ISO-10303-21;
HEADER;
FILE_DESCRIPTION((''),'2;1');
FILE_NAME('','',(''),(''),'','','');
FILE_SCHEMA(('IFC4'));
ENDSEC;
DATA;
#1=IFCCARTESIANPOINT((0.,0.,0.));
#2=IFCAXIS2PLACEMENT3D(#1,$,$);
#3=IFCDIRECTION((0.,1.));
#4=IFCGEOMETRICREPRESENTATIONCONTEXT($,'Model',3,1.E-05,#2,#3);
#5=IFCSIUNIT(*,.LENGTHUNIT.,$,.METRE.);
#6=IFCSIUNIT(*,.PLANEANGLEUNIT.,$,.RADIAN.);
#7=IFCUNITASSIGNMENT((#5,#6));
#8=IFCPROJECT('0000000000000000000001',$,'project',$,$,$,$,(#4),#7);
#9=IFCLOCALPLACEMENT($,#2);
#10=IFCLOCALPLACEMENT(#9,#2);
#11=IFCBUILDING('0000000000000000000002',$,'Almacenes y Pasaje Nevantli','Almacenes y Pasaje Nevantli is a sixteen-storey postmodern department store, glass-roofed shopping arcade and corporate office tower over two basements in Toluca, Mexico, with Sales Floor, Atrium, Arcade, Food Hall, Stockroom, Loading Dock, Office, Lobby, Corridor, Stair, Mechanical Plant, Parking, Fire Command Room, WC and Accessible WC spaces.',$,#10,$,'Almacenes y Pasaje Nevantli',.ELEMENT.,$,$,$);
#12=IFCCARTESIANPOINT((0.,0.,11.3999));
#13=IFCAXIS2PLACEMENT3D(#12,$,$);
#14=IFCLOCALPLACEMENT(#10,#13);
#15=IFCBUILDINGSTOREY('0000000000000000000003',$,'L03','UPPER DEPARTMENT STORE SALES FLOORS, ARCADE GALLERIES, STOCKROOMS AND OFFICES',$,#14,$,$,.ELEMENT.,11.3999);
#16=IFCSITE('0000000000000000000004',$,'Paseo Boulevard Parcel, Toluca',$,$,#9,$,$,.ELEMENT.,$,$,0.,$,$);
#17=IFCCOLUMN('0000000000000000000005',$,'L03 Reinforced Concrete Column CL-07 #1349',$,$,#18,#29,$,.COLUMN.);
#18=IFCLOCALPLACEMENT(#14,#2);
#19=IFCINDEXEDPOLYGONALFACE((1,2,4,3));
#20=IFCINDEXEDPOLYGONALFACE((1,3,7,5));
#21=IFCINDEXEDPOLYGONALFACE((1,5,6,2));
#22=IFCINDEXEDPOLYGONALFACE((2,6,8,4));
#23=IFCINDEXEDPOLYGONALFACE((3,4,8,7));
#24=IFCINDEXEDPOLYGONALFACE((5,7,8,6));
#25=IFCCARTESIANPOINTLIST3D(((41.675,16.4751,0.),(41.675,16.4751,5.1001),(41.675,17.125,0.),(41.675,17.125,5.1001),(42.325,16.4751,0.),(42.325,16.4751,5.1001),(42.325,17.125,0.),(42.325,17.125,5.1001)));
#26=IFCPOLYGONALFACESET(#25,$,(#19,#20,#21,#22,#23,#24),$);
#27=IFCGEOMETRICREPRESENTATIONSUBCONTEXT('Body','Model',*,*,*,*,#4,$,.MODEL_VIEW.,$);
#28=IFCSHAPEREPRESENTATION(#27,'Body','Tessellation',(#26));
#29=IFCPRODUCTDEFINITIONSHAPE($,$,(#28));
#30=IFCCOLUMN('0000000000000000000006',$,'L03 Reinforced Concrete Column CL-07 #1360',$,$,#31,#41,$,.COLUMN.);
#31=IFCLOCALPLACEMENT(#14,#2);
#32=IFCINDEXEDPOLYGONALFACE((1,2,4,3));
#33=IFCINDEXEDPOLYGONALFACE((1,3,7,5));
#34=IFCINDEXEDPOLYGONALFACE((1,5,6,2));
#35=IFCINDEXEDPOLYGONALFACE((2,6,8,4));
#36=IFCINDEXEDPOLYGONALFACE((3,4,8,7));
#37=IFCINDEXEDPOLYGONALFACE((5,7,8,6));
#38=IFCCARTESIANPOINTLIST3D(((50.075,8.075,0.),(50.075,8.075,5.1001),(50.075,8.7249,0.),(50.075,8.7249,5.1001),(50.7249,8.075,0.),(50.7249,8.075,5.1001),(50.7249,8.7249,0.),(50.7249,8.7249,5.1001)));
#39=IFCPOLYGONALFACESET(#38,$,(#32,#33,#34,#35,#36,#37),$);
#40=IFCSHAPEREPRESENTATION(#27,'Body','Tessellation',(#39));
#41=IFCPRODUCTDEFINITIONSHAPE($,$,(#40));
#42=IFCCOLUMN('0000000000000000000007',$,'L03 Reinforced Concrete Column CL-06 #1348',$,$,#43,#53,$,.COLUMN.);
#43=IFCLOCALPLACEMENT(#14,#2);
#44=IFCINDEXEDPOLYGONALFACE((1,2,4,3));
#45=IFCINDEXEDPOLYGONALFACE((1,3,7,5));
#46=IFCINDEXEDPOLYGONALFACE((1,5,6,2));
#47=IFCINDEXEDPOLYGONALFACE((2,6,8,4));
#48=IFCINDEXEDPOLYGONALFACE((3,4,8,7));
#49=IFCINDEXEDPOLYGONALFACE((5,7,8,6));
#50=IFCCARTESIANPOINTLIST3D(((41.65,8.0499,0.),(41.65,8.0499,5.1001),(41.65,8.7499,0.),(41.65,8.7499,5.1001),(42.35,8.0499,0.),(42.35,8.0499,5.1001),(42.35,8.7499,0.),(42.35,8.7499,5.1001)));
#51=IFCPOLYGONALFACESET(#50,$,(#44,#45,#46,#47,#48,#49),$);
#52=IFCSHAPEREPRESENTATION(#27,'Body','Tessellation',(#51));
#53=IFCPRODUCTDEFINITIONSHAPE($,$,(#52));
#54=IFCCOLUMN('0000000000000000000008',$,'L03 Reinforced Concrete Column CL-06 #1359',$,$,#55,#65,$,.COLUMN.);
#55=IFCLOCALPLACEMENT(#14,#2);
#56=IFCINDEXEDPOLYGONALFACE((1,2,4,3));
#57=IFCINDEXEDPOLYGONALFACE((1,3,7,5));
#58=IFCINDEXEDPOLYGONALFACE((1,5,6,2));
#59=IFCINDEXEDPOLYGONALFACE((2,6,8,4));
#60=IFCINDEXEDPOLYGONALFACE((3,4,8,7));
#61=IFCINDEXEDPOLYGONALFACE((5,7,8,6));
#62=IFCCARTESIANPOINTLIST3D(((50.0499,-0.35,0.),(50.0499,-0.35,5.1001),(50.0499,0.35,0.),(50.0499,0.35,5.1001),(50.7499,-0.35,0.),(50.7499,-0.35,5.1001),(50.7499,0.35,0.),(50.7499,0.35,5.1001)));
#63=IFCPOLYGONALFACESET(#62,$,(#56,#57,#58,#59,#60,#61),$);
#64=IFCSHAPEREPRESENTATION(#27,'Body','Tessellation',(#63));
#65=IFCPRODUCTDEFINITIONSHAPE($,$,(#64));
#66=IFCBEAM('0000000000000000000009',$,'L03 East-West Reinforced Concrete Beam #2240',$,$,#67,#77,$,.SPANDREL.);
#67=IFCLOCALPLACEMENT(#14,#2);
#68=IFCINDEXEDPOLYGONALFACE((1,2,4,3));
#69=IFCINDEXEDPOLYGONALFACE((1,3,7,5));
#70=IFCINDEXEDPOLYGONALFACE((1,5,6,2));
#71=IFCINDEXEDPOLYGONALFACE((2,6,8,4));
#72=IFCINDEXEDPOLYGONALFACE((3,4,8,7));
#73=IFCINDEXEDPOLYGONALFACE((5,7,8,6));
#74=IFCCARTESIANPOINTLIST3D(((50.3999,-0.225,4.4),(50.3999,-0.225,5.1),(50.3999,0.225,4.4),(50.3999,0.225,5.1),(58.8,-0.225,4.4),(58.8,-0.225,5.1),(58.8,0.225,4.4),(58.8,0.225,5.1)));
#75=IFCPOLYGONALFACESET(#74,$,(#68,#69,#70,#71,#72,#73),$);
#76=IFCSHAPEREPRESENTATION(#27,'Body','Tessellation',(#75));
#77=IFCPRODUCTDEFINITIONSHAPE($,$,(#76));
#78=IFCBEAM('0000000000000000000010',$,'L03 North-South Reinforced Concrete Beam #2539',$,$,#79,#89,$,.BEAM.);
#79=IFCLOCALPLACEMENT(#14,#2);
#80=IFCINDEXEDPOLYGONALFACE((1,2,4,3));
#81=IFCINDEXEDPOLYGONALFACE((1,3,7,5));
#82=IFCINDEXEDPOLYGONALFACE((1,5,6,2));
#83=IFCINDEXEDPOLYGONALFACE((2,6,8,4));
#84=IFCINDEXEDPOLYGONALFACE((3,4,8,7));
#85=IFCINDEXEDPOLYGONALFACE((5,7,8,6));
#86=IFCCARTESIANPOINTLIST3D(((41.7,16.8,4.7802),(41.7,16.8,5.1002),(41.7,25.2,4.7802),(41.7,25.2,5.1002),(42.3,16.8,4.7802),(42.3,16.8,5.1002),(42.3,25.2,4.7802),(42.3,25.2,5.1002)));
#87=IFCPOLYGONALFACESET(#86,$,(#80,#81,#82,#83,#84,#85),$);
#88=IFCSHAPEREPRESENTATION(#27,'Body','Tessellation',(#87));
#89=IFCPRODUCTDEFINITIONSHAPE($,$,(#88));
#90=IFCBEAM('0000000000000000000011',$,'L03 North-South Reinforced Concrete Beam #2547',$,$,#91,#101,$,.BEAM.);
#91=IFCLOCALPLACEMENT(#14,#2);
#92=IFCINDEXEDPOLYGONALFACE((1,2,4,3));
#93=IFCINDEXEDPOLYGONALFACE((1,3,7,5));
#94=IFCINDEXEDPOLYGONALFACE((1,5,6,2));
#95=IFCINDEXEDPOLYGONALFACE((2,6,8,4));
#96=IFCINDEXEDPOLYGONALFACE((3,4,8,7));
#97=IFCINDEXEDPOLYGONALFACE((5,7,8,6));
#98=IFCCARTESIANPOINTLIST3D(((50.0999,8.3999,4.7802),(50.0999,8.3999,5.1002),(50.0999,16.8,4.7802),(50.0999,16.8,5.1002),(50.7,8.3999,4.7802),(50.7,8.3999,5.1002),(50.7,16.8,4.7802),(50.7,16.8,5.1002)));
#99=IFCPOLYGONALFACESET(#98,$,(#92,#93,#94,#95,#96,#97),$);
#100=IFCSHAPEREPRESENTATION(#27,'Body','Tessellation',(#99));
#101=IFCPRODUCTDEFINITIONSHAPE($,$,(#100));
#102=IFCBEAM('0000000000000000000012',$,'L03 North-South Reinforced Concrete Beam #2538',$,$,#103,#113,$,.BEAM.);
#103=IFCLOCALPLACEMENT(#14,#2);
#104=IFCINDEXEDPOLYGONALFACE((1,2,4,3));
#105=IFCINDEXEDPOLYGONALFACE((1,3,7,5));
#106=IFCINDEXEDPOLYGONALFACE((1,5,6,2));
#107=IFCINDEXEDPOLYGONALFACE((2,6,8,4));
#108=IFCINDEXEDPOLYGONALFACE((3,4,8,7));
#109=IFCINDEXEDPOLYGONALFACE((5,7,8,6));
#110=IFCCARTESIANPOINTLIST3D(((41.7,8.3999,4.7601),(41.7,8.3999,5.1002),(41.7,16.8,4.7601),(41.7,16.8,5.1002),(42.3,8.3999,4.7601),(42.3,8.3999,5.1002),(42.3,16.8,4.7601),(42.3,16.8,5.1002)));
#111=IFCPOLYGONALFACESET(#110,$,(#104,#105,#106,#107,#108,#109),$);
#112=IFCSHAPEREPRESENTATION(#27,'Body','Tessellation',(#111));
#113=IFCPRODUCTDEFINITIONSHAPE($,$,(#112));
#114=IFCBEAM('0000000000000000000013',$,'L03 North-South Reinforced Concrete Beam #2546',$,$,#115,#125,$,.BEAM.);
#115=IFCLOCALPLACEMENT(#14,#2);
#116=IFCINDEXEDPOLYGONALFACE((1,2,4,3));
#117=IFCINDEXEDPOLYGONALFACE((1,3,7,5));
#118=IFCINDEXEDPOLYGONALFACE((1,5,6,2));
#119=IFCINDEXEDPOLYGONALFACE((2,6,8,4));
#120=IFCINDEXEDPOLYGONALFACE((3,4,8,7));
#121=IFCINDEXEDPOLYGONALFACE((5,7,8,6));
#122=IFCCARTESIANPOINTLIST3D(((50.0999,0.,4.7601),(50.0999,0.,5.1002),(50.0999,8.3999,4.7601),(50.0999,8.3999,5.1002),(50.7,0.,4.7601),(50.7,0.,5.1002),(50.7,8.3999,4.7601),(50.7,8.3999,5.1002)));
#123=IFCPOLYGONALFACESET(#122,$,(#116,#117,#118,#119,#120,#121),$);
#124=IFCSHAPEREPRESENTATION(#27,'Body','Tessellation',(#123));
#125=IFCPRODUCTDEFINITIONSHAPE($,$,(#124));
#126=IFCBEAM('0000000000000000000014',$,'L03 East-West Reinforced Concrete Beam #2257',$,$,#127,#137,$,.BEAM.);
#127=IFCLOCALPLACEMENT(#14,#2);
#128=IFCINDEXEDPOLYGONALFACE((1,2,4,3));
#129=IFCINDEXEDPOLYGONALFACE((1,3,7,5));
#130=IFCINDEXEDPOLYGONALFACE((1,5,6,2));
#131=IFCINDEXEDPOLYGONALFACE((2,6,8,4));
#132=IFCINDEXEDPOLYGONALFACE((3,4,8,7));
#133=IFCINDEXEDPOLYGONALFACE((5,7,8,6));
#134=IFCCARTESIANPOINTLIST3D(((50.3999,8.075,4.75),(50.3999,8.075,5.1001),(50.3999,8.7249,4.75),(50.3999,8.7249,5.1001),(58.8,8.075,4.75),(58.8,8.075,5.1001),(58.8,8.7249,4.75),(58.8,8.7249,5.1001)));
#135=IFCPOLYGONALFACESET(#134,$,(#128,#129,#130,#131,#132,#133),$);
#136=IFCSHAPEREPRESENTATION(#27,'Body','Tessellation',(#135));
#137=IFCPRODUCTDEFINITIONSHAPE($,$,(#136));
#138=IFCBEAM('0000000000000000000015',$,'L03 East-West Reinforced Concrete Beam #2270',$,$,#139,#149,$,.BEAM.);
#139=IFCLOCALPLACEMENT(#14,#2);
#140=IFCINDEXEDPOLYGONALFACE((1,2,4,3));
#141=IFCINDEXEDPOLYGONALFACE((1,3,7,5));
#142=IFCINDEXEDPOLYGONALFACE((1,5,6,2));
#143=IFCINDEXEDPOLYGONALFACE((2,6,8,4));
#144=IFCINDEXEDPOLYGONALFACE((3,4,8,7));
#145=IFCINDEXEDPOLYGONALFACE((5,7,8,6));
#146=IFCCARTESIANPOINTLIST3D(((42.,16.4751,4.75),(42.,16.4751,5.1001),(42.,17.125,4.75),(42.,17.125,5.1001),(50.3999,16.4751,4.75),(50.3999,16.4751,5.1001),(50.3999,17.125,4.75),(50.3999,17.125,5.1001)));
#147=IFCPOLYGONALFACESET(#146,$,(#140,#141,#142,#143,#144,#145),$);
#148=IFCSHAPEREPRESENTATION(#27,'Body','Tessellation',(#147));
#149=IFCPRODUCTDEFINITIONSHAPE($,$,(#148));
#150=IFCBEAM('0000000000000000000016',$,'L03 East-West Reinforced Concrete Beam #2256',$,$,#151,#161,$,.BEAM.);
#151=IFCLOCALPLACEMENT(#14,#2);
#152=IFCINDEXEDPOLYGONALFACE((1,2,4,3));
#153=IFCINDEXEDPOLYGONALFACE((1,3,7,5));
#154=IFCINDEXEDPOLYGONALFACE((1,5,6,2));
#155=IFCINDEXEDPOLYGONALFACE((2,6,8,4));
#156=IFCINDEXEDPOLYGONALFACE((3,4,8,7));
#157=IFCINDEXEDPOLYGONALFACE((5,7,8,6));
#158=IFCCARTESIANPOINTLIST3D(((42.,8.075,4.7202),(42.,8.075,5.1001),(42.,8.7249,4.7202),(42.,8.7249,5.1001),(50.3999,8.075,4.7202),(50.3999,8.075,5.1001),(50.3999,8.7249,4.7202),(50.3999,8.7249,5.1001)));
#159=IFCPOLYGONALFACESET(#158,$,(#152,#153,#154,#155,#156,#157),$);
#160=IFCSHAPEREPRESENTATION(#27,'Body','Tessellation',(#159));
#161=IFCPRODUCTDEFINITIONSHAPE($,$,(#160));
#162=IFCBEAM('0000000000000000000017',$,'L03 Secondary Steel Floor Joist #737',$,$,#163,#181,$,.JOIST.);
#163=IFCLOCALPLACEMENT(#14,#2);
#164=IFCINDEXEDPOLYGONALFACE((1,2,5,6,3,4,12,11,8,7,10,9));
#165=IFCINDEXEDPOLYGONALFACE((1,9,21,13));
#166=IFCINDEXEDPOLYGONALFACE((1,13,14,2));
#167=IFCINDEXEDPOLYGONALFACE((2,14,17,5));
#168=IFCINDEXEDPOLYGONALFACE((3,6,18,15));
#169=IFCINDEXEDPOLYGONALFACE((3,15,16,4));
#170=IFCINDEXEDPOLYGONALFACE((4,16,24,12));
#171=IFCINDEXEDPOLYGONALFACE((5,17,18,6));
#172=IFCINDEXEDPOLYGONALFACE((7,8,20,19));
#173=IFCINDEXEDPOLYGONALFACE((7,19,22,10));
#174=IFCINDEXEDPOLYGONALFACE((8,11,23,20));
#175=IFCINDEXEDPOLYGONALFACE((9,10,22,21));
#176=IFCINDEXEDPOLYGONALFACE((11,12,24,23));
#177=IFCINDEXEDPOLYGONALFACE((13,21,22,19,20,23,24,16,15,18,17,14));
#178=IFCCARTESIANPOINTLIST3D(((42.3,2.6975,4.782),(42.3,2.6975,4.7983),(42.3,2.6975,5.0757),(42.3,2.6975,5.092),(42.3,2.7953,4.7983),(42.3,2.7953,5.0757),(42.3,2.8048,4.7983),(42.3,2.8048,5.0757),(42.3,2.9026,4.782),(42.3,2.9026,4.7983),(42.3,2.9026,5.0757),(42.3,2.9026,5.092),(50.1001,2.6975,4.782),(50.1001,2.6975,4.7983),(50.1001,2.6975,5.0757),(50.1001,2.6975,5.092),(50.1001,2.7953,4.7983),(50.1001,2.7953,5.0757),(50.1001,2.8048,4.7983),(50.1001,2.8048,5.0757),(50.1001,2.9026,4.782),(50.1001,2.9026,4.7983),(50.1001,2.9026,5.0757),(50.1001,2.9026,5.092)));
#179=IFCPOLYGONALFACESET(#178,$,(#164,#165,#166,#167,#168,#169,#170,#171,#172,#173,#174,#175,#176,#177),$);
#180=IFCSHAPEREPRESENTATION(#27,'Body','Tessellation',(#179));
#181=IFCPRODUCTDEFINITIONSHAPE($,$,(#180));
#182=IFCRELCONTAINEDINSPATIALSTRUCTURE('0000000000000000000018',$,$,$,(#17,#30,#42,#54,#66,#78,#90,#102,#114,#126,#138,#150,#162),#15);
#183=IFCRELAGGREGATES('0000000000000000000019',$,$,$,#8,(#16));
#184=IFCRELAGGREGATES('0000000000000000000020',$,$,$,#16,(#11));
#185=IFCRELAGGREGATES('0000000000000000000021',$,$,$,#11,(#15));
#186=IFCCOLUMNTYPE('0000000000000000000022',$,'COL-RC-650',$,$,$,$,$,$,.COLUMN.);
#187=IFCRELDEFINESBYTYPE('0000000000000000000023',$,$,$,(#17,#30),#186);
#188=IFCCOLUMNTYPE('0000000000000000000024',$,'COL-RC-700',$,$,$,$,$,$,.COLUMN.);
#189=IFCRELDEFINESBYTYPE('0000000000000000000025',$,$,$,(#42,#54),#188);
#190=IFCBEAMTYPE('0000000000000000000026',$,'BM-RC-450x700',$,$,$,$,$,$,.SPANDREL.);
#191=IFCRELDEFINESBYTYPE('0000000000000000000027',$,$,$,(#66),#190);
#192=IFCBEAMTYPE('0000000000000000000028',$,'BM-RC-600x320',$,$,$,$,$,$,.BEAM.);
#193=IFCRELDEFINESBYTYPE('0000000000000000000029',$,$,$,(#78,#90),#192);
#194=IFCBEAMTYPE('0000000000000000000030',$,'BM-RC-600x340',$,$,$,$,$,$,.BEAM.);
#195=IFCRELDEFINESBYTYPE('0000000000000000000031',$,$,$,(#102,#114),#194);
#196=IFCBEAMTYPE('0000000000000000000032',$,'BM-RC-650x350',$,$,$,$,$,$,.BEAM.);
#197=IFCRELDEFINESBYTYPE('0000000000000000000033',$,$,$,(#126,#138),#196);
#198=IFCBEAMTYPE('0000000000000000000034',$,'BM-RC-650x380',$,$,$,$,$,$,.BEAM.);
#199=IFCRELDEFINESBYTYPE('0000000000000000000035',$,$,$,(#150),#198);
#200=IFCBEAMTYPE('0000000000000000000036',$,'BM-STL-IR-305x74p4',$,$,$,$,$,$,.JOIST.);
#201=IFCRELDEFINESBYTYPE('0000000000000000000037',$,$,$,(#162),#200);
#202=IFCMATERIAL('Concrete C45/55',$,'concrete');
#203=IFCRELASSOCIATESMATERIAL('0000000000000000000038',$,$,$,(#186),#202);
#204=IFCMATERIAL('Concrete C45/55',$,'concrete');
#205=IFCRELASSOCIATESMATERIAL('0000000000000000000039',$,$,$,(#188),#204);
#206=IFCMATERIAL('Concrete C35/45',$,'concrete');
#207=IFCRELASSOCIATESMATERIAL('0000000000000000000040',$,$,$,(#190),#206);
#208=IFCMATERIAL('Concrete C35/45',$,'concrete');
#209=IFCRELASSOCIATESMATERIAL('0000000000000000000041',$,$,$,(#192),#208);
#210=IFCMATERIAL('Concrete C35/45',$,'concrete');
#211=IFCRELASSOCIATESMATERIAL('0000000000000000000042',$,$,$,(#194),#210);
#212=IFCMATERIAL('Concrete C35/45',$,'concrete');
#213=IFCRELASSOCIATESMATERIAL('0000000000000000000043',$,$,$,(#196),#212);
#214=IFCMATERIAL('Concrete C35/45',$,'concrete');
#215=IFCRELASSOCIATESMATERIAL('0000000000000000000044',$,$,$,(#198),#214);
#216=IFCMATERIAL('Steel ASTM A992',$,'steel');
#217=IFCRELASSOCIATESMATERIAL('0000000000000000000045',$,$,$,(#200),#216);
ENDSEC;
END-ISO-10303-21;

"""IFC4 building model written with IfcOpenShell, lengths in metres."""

from ifc_helpers import new_model, si_unit, direction, frame, origin, origin_2d, place, context, subcontext, project, spatial, rectangle, i_section, extrude, material, material_profile, profile_set, type_object, element, save


model = new_model("IFC4")

# Units and contexts
model_context = context("Model", 3, precision=1e-05, world=origin(), true_north=direction((0.0, 1.0)))
body_context = subcontext(model_context, "Body", "Model", "MODEL_VIEW")
ifc_project = project(units=[si_unit("LENGTHUNIT", "METRE"), si_unit("PLANEANGLEUNIT", "RADIAN")], contexts=[model_context])

# Site, building, storey
site_placement = place(None, origin())
site = spatial("IfcSite", under=ifc_project, at=site_placement, Name="Paseo Boulevard Parcel, Toluca", CompositionType="ELEMENT", RefElevation=0.0)
building_placement = place(site_placement, origin())
building = spatial("IfcBuilding", under=site, at=building_placement, Name="Almacenes y Pasaje Nevantli", Description="Almacenes y Pasaje Nevantli is a sixteen-storey postmodern department store, glass-roofed shopping arcade and corporate office tower over two basements in Toluca, Mexico, with Sales Floor, Atrium, Arcade, Food Hall, Stockroom, Loading Dock, Office, Lobby, Corridor, Stair, Mechanical Plant, Parking, Fire Command Room, WC and Accessible WC spaces.", LongName="Almacenes y Pasaje Nevantli", CompositionType="ELEMENT")
storey_placement = place(building_placement, frame((0.0, 0.0, 11.3999)))
storey = spatial("IfcBuildingStorey", under=building, at=storey_placement, Name="L03", Description="UPPER DEPARTMENT STORE SALES FLOORS, ARCADE GALLERIES, STOCKROOMS AND OFFICES", CompositionType="ELEMENT", Elevation=11.3999)

# Columns
ifc_material_1 = material(Name="Concrete C45/55", Category="concrete")
ifc_material_profile_1 = material_profile(ifc_material_1, rectangle(XDim=0.6499, YDim=0.6499, at=origin_2d()), Name="RC-COL-650x650")
ifc_profile_set_1 = profile_set([ifc_material_profile_1], Name="Concrete C45/55")
column_type_1 = type_object("IfcColumnType", Name="COL-RC-650", PredefinedType="COLUMN", material=ifc_profile_set_1)
for number, where, z_axis, x_axis, name in (
    (1, (42.0, 16.8, 0.0), (0.0, 0.0, 1.0), (1.0, 0.0, 0.0), "L03 Reinforced Concrete Column CL-07 #1349"),
    (2, (50.3999, 8.3999, 0.0), (0.0, 0.0, 1.0), (1.0, 0.0, 0.0), "L03 Reinforced Concrete Column CL-07 #1360"),
):
    element("IfcColumn", number, at=place(storey_placement, frame(where, z_axis=z_axis, x_axis=x_axis)), inside=storey, type_object=column_type_1, Name=name, PredefinedType="COLUMN", context=body_context, shape_type="SweptSolid", body=[
        extrude(rectangle(XDim=0.6499, YDim=0.6499, at=origin_2d()), origin(), (0.0, 0.0, 1.0), 5.1001),
    ])
ifc_material_2 = material(Name="Concrete C45/55", Category="concrete")
ifc_material_profile_2 = material_profile(ifc_material_2, rectangle(XDim=0.7, YDim=0.7, at=origin_2d()), Name="RC-COL-700x700")
ifc_profile_set_2 = profile_set([ifc_material_profile_2], Name="Concrete C45/55")
column_type_2 = type_object("IfcColumnType", Name="COL-RC-700", PredefinedType="COLUMN", material=ifc_profile_set_2)
for number, where, z_axis, x_axis, name in (
    (3, (42.0, 8.3999, 0.0), (0.0, 0.0, 1.0), (1.0, 0.0, 0.0), "L03 Reinforced Concrete Column CL-06 #1348"),
    (4, (50.3999, 0.0, 0.0), (0.0, 0.0, 1.0), (1.0, 0.0, 0.0), "L03 Reinforced Concrete Column CL-06 #1359"),
):
    element("IfcColumn", number, at=place(storey_placement, frame(where, z_axis=z_axis, x_axis=x_axis)), inside=storey, type_object=column_type_2, Name=name, PredefinedType="COLUMN", context=body_context, shape_type="SweptSolid", body=[
        extrude(rectangle(XDim=0.7, YDim=0.7, at=origin_2d()), origin(), (0.0, 0.0, 1.0), 5.1001),
    ])

# Beams
ifc_material_3 = material(Name="Concrete C35/45", Category="concrete")
ifc_material_profile_3 = material_profile(ifc_material_3, rectangle(XDim=0.45, YDim=0.7, at=origin_2d()), Name="RC-BM-450x700")
ifc_profile_set_3 = profile_set([ifc_material_profile_3], Name="Concrete C35/45")
beam_type_1 = type_object("IfcBeamType", Name="BM-RC-450x700", PredefinedType="SPANDREL", material=ifc_profile_set_3)
beam_1_placement = place(storey_placement, frame((50.3999, 0.0, 4.75), z_axis=(1.0, 0.0, 0.0), x_axis=(0.0, 1.0, 0.0)))
element("IfcBeam", 5, at=beam_1_placement, inside=storey, type_object=beam_type_1, Name="L03 East-West Reinforced Concrete Beam #2240", PredefinedType="SPANDREL", context=body_context, shape_type="SweptSolid", body=[
    extrude(rectangle(XDim=0.45, YDim=0.7, at=origin_2d()), origin(), (0.0, 0.0, 1.0), 8.4001),
])
ifc_material_4 = material(Name="Concrete C35/45", Category="concrete")
ifc_material_profile_4 = material_profile(ifc_material_4, rectangle(XDim=0.6001, YDim=0.3201, at=origin_2d()), Name="RC-BM-600x320")
ifc_profile_set_4 = profile_set([ifc_material_profile_4], Name="Concrete C35/45")
beam_type_2 = type_object("IfcBeamType", Name="BM-RC-600x320", PredefinedType="BEAM", material=ifc_profile_set_4)
beam_2_placement = place(storey_placement, frame((42.0, 16.8, 4.9402), z_axis=(0.0, 1.0, 0.0), x_axis=(-1.0, 0.0, 0.0)))
element("IfcBeam", 6, at=beam_2_placement, inside=storey, type_object=beam_type_2, Name="L03 North-South Reinforced Concrete Beam #2539", PredefinedType="BEAM", context=body_context, shape_type="SweptSolid", body=[
    extrude(rectangle(XDim=0.6001, YDim=0.3201, at=origin_2d()), origin(), (0.0, 0.0, 1.0), 8.3999),
])
beam_3_placement = place(storey_placement, frame((50.3999, 8.3999, 4.9402), z_axis=(0.0, 1.0, 0.0), x_axis=(-1.0, 0.0, 0.0)))
element("IfcBeam", 7, at=beam_3_placement, inside=storey, type_object=beam_type_2, Name="L03 North-South Reinforced Concrete Beam #2547", PredefinedType="BEAM", context=body_context, shape_type="SweptSolid", body=[
    extrude(rectangle(XDim=0.6001, YDim=0.3201, at=origin_2d()), origin(), (0.0, 0.0, 1.0), 8.4001),
])
ifc_material_5 = material(Name="Concrete C35/45", Category="concrete")
ifc_material_profile_5 = material_profile(ifc_material_5, rectangle(XDim=0.6001, YDim=0.3401, at=origin_2d()), Name="RC-BM-600x340")
ifc_profile_set_5 = profile_set([ifc_material_profile_5], Name="Concrete C35/45")
beam_type_3 = type_object("IfcBeamType", Name="BM-RC-600x340", PredefinedType="BEAM", material=ifc_profile_set_5)
beam_4_placement = place(storey_placement, frame((42.0, 8.3999, 4.9302), z_axis=(0.0, 1.0, 0.0), x_axis=(-1.0, 0.0, 0.0)))
element("IfcBeam", 8, at=beam_4_placement, inside=storey, type_object=beam_type_3, Name="L03 North-South Reinforced Concrete Beam #2538", PredefinedType="BEAM", context=body_context, shape_type="SweptSolid", body=[
    extrude(rectangle(XDim=0.6001, YDim=0.3401, at=origin_2d()), origin(), (0.0, 0.0, 1.0), 8.4001),
])
beam_5_placement = place(storey_placement, frame((50.3999, 0.0, 4.9302), z_axis=(0.0, 1.0, 0.0), x_axis=(-1.0, 0.0, 0.0)))
element("IfcBeam", 9, at=beam_5_placement, inside=storey, type_object=beam_type_3, Name="L03 North-South Reinforced Concrete Beam #2546", PredefinedType="BEAM", context=body_context, shape_type="SweptSolid", body=[
    extrude(rectangle(XDim=0.6001, YDim=0.3401, at=origin_2d()), origin(), (0.0, 0.0, 1.0), 8.3999),
])
ifc_material_6 = material(Name="Concrete C35/45", Category="concrete")
ifc_material_profile_6 = material_profile(ifc_material_6, rectangle(XDim=0.6499, YDim=0.3501, at=origin_2d()), Name="RC-BM-650x350")
ifc_profile_set_6 = profile_set([ifc_material_profile_6], Name="Concrete C35/45")
beam_type_4 = type_object("IfcBeamType", Name="BM-RC-650x350", PredefinedType="BEAM", material=ifc_profile_set_6)
beam_6_placement = place(storey_placement, frame((50.3999, 8.3999, 4.925), z_axis=(1.0, 0.0, 0.0), x_axis=(0.0, 1.0, 0.0)))
element("IfcBeam", 10, at=beam_6_placement, inside=storey, type_object=beam_type_4, Name="L03 East-West Reinforced Concrete Beam #2257", PredefinedType="BEAM", context=body_context, shape_type="SweptSolid", body=[
    extrude(rectangle(XDim=0.6499, YDim=0.3501, at=origin_2d()), origin(), (0.0, 0.0, 1.0), 8.4001),
])
beam_7_placement = place(storey_placement, frame((42.0, 16.8, 4.925), z_axis=(1.0, 0.0, 0.0), x_axis=(0.0, 1.0, 0.0)))
element("IfcBeam", 11, at=beam_7_placement, inside=storey, type_object=beam_type_4, Name="L03 East-West Reinforced Concrete Beam #2270", PredefinedType="BEAM", context=body_context, shape_type="SweptSolid", body=[
    extrude(rectangle(XDim=0.6499, YDim=0.3501, at=origin_2d()), origin(), (0.0, 0.0, 1.0), 8.3999),
])
ifc_material_7 = material(Name="Concrete C35/45", Category="concrete")
ifc_material_profile_7 = material_profile(ifc_material_7, rectangle(XDim=0.6499, YDim=0.3799, at=origin_2d()), Name="RC-BM-650x380")
ifc_profile_set_7 = profile_set([ifc_material_profile_7], Name="Concrete C35/45")
beam_type_5 = type_object("IfcBeamType", Name="BM-RC-650x380", PredefinedType="BEAM", material=ifc_profile_set_7)
beam_8_placement = place(storey_placement, frame((42.0, 8.3999, 4.9102), z_axis=(1.0, 0.0, 0.0), x_axis=(0.0, 1.0, 0.0)))
element("IfcBeam", 12, at=beam_8_placement, inside=storey, type_object=beam_type_5, Name="L03 East-West Reinforced Concrete Beam #2256", PredefinedType="BEAM", context=body_context, shape_type="SweptSolid", body=[
    extrude(rectangle(XDim=0.6499, YDim=0.3799, at=origin_2d()), origin(), (0.0, 0.0, 1.0), 8.3999),
])
ifc_material_8 = material(Name="Steel ASTM A992", Category="steel")
ifc_material_profile_8 = material_profile(ifc_material_8, i_section(OverallWidth=0.2051, OverallDepth=0.3101, WebThickness=0.0095, FlangeThickness=0.0164, at=origin_2d()), Name="IR 305x74.4")
ifc_profile_set_8 = profile_set([ifc_material_profile_8], Name="Steel ASTM A992")
beam_type_6 = type_object("IfcBeamType", Name="BM-STL-IR-305x74p4", PredefinedType="JOIST", material=ifc_profile_set_8)
for number, where, z_axis, x_axis, name in (
    (13, (42.3, 2.8, 4.937), (1.0, 0.0, 0.0), (0.0, 1.0, 0.0), "L03 Secondary Steel Floor Joist #737"),
):
    element("IfcBeam", number, at=place(storey_placement, frame(where, z_axis=z_axis, x_axis=x_axis)), inside=storey, type_object=beam_type_6, Name=name, PredefinedType="JOIST", context=body_context, shape_type="SweptSolid", body=[
        extrude(i_section(OverallWidth=0.2051, OverallDepth=0.3101, WebThickness=0.0095, FlangeThickness=0.0164, at=origin_2d()), origin(), (0.0, 0.0, 1.0), 7.8),
    ])

save(model, "model.ifc")
